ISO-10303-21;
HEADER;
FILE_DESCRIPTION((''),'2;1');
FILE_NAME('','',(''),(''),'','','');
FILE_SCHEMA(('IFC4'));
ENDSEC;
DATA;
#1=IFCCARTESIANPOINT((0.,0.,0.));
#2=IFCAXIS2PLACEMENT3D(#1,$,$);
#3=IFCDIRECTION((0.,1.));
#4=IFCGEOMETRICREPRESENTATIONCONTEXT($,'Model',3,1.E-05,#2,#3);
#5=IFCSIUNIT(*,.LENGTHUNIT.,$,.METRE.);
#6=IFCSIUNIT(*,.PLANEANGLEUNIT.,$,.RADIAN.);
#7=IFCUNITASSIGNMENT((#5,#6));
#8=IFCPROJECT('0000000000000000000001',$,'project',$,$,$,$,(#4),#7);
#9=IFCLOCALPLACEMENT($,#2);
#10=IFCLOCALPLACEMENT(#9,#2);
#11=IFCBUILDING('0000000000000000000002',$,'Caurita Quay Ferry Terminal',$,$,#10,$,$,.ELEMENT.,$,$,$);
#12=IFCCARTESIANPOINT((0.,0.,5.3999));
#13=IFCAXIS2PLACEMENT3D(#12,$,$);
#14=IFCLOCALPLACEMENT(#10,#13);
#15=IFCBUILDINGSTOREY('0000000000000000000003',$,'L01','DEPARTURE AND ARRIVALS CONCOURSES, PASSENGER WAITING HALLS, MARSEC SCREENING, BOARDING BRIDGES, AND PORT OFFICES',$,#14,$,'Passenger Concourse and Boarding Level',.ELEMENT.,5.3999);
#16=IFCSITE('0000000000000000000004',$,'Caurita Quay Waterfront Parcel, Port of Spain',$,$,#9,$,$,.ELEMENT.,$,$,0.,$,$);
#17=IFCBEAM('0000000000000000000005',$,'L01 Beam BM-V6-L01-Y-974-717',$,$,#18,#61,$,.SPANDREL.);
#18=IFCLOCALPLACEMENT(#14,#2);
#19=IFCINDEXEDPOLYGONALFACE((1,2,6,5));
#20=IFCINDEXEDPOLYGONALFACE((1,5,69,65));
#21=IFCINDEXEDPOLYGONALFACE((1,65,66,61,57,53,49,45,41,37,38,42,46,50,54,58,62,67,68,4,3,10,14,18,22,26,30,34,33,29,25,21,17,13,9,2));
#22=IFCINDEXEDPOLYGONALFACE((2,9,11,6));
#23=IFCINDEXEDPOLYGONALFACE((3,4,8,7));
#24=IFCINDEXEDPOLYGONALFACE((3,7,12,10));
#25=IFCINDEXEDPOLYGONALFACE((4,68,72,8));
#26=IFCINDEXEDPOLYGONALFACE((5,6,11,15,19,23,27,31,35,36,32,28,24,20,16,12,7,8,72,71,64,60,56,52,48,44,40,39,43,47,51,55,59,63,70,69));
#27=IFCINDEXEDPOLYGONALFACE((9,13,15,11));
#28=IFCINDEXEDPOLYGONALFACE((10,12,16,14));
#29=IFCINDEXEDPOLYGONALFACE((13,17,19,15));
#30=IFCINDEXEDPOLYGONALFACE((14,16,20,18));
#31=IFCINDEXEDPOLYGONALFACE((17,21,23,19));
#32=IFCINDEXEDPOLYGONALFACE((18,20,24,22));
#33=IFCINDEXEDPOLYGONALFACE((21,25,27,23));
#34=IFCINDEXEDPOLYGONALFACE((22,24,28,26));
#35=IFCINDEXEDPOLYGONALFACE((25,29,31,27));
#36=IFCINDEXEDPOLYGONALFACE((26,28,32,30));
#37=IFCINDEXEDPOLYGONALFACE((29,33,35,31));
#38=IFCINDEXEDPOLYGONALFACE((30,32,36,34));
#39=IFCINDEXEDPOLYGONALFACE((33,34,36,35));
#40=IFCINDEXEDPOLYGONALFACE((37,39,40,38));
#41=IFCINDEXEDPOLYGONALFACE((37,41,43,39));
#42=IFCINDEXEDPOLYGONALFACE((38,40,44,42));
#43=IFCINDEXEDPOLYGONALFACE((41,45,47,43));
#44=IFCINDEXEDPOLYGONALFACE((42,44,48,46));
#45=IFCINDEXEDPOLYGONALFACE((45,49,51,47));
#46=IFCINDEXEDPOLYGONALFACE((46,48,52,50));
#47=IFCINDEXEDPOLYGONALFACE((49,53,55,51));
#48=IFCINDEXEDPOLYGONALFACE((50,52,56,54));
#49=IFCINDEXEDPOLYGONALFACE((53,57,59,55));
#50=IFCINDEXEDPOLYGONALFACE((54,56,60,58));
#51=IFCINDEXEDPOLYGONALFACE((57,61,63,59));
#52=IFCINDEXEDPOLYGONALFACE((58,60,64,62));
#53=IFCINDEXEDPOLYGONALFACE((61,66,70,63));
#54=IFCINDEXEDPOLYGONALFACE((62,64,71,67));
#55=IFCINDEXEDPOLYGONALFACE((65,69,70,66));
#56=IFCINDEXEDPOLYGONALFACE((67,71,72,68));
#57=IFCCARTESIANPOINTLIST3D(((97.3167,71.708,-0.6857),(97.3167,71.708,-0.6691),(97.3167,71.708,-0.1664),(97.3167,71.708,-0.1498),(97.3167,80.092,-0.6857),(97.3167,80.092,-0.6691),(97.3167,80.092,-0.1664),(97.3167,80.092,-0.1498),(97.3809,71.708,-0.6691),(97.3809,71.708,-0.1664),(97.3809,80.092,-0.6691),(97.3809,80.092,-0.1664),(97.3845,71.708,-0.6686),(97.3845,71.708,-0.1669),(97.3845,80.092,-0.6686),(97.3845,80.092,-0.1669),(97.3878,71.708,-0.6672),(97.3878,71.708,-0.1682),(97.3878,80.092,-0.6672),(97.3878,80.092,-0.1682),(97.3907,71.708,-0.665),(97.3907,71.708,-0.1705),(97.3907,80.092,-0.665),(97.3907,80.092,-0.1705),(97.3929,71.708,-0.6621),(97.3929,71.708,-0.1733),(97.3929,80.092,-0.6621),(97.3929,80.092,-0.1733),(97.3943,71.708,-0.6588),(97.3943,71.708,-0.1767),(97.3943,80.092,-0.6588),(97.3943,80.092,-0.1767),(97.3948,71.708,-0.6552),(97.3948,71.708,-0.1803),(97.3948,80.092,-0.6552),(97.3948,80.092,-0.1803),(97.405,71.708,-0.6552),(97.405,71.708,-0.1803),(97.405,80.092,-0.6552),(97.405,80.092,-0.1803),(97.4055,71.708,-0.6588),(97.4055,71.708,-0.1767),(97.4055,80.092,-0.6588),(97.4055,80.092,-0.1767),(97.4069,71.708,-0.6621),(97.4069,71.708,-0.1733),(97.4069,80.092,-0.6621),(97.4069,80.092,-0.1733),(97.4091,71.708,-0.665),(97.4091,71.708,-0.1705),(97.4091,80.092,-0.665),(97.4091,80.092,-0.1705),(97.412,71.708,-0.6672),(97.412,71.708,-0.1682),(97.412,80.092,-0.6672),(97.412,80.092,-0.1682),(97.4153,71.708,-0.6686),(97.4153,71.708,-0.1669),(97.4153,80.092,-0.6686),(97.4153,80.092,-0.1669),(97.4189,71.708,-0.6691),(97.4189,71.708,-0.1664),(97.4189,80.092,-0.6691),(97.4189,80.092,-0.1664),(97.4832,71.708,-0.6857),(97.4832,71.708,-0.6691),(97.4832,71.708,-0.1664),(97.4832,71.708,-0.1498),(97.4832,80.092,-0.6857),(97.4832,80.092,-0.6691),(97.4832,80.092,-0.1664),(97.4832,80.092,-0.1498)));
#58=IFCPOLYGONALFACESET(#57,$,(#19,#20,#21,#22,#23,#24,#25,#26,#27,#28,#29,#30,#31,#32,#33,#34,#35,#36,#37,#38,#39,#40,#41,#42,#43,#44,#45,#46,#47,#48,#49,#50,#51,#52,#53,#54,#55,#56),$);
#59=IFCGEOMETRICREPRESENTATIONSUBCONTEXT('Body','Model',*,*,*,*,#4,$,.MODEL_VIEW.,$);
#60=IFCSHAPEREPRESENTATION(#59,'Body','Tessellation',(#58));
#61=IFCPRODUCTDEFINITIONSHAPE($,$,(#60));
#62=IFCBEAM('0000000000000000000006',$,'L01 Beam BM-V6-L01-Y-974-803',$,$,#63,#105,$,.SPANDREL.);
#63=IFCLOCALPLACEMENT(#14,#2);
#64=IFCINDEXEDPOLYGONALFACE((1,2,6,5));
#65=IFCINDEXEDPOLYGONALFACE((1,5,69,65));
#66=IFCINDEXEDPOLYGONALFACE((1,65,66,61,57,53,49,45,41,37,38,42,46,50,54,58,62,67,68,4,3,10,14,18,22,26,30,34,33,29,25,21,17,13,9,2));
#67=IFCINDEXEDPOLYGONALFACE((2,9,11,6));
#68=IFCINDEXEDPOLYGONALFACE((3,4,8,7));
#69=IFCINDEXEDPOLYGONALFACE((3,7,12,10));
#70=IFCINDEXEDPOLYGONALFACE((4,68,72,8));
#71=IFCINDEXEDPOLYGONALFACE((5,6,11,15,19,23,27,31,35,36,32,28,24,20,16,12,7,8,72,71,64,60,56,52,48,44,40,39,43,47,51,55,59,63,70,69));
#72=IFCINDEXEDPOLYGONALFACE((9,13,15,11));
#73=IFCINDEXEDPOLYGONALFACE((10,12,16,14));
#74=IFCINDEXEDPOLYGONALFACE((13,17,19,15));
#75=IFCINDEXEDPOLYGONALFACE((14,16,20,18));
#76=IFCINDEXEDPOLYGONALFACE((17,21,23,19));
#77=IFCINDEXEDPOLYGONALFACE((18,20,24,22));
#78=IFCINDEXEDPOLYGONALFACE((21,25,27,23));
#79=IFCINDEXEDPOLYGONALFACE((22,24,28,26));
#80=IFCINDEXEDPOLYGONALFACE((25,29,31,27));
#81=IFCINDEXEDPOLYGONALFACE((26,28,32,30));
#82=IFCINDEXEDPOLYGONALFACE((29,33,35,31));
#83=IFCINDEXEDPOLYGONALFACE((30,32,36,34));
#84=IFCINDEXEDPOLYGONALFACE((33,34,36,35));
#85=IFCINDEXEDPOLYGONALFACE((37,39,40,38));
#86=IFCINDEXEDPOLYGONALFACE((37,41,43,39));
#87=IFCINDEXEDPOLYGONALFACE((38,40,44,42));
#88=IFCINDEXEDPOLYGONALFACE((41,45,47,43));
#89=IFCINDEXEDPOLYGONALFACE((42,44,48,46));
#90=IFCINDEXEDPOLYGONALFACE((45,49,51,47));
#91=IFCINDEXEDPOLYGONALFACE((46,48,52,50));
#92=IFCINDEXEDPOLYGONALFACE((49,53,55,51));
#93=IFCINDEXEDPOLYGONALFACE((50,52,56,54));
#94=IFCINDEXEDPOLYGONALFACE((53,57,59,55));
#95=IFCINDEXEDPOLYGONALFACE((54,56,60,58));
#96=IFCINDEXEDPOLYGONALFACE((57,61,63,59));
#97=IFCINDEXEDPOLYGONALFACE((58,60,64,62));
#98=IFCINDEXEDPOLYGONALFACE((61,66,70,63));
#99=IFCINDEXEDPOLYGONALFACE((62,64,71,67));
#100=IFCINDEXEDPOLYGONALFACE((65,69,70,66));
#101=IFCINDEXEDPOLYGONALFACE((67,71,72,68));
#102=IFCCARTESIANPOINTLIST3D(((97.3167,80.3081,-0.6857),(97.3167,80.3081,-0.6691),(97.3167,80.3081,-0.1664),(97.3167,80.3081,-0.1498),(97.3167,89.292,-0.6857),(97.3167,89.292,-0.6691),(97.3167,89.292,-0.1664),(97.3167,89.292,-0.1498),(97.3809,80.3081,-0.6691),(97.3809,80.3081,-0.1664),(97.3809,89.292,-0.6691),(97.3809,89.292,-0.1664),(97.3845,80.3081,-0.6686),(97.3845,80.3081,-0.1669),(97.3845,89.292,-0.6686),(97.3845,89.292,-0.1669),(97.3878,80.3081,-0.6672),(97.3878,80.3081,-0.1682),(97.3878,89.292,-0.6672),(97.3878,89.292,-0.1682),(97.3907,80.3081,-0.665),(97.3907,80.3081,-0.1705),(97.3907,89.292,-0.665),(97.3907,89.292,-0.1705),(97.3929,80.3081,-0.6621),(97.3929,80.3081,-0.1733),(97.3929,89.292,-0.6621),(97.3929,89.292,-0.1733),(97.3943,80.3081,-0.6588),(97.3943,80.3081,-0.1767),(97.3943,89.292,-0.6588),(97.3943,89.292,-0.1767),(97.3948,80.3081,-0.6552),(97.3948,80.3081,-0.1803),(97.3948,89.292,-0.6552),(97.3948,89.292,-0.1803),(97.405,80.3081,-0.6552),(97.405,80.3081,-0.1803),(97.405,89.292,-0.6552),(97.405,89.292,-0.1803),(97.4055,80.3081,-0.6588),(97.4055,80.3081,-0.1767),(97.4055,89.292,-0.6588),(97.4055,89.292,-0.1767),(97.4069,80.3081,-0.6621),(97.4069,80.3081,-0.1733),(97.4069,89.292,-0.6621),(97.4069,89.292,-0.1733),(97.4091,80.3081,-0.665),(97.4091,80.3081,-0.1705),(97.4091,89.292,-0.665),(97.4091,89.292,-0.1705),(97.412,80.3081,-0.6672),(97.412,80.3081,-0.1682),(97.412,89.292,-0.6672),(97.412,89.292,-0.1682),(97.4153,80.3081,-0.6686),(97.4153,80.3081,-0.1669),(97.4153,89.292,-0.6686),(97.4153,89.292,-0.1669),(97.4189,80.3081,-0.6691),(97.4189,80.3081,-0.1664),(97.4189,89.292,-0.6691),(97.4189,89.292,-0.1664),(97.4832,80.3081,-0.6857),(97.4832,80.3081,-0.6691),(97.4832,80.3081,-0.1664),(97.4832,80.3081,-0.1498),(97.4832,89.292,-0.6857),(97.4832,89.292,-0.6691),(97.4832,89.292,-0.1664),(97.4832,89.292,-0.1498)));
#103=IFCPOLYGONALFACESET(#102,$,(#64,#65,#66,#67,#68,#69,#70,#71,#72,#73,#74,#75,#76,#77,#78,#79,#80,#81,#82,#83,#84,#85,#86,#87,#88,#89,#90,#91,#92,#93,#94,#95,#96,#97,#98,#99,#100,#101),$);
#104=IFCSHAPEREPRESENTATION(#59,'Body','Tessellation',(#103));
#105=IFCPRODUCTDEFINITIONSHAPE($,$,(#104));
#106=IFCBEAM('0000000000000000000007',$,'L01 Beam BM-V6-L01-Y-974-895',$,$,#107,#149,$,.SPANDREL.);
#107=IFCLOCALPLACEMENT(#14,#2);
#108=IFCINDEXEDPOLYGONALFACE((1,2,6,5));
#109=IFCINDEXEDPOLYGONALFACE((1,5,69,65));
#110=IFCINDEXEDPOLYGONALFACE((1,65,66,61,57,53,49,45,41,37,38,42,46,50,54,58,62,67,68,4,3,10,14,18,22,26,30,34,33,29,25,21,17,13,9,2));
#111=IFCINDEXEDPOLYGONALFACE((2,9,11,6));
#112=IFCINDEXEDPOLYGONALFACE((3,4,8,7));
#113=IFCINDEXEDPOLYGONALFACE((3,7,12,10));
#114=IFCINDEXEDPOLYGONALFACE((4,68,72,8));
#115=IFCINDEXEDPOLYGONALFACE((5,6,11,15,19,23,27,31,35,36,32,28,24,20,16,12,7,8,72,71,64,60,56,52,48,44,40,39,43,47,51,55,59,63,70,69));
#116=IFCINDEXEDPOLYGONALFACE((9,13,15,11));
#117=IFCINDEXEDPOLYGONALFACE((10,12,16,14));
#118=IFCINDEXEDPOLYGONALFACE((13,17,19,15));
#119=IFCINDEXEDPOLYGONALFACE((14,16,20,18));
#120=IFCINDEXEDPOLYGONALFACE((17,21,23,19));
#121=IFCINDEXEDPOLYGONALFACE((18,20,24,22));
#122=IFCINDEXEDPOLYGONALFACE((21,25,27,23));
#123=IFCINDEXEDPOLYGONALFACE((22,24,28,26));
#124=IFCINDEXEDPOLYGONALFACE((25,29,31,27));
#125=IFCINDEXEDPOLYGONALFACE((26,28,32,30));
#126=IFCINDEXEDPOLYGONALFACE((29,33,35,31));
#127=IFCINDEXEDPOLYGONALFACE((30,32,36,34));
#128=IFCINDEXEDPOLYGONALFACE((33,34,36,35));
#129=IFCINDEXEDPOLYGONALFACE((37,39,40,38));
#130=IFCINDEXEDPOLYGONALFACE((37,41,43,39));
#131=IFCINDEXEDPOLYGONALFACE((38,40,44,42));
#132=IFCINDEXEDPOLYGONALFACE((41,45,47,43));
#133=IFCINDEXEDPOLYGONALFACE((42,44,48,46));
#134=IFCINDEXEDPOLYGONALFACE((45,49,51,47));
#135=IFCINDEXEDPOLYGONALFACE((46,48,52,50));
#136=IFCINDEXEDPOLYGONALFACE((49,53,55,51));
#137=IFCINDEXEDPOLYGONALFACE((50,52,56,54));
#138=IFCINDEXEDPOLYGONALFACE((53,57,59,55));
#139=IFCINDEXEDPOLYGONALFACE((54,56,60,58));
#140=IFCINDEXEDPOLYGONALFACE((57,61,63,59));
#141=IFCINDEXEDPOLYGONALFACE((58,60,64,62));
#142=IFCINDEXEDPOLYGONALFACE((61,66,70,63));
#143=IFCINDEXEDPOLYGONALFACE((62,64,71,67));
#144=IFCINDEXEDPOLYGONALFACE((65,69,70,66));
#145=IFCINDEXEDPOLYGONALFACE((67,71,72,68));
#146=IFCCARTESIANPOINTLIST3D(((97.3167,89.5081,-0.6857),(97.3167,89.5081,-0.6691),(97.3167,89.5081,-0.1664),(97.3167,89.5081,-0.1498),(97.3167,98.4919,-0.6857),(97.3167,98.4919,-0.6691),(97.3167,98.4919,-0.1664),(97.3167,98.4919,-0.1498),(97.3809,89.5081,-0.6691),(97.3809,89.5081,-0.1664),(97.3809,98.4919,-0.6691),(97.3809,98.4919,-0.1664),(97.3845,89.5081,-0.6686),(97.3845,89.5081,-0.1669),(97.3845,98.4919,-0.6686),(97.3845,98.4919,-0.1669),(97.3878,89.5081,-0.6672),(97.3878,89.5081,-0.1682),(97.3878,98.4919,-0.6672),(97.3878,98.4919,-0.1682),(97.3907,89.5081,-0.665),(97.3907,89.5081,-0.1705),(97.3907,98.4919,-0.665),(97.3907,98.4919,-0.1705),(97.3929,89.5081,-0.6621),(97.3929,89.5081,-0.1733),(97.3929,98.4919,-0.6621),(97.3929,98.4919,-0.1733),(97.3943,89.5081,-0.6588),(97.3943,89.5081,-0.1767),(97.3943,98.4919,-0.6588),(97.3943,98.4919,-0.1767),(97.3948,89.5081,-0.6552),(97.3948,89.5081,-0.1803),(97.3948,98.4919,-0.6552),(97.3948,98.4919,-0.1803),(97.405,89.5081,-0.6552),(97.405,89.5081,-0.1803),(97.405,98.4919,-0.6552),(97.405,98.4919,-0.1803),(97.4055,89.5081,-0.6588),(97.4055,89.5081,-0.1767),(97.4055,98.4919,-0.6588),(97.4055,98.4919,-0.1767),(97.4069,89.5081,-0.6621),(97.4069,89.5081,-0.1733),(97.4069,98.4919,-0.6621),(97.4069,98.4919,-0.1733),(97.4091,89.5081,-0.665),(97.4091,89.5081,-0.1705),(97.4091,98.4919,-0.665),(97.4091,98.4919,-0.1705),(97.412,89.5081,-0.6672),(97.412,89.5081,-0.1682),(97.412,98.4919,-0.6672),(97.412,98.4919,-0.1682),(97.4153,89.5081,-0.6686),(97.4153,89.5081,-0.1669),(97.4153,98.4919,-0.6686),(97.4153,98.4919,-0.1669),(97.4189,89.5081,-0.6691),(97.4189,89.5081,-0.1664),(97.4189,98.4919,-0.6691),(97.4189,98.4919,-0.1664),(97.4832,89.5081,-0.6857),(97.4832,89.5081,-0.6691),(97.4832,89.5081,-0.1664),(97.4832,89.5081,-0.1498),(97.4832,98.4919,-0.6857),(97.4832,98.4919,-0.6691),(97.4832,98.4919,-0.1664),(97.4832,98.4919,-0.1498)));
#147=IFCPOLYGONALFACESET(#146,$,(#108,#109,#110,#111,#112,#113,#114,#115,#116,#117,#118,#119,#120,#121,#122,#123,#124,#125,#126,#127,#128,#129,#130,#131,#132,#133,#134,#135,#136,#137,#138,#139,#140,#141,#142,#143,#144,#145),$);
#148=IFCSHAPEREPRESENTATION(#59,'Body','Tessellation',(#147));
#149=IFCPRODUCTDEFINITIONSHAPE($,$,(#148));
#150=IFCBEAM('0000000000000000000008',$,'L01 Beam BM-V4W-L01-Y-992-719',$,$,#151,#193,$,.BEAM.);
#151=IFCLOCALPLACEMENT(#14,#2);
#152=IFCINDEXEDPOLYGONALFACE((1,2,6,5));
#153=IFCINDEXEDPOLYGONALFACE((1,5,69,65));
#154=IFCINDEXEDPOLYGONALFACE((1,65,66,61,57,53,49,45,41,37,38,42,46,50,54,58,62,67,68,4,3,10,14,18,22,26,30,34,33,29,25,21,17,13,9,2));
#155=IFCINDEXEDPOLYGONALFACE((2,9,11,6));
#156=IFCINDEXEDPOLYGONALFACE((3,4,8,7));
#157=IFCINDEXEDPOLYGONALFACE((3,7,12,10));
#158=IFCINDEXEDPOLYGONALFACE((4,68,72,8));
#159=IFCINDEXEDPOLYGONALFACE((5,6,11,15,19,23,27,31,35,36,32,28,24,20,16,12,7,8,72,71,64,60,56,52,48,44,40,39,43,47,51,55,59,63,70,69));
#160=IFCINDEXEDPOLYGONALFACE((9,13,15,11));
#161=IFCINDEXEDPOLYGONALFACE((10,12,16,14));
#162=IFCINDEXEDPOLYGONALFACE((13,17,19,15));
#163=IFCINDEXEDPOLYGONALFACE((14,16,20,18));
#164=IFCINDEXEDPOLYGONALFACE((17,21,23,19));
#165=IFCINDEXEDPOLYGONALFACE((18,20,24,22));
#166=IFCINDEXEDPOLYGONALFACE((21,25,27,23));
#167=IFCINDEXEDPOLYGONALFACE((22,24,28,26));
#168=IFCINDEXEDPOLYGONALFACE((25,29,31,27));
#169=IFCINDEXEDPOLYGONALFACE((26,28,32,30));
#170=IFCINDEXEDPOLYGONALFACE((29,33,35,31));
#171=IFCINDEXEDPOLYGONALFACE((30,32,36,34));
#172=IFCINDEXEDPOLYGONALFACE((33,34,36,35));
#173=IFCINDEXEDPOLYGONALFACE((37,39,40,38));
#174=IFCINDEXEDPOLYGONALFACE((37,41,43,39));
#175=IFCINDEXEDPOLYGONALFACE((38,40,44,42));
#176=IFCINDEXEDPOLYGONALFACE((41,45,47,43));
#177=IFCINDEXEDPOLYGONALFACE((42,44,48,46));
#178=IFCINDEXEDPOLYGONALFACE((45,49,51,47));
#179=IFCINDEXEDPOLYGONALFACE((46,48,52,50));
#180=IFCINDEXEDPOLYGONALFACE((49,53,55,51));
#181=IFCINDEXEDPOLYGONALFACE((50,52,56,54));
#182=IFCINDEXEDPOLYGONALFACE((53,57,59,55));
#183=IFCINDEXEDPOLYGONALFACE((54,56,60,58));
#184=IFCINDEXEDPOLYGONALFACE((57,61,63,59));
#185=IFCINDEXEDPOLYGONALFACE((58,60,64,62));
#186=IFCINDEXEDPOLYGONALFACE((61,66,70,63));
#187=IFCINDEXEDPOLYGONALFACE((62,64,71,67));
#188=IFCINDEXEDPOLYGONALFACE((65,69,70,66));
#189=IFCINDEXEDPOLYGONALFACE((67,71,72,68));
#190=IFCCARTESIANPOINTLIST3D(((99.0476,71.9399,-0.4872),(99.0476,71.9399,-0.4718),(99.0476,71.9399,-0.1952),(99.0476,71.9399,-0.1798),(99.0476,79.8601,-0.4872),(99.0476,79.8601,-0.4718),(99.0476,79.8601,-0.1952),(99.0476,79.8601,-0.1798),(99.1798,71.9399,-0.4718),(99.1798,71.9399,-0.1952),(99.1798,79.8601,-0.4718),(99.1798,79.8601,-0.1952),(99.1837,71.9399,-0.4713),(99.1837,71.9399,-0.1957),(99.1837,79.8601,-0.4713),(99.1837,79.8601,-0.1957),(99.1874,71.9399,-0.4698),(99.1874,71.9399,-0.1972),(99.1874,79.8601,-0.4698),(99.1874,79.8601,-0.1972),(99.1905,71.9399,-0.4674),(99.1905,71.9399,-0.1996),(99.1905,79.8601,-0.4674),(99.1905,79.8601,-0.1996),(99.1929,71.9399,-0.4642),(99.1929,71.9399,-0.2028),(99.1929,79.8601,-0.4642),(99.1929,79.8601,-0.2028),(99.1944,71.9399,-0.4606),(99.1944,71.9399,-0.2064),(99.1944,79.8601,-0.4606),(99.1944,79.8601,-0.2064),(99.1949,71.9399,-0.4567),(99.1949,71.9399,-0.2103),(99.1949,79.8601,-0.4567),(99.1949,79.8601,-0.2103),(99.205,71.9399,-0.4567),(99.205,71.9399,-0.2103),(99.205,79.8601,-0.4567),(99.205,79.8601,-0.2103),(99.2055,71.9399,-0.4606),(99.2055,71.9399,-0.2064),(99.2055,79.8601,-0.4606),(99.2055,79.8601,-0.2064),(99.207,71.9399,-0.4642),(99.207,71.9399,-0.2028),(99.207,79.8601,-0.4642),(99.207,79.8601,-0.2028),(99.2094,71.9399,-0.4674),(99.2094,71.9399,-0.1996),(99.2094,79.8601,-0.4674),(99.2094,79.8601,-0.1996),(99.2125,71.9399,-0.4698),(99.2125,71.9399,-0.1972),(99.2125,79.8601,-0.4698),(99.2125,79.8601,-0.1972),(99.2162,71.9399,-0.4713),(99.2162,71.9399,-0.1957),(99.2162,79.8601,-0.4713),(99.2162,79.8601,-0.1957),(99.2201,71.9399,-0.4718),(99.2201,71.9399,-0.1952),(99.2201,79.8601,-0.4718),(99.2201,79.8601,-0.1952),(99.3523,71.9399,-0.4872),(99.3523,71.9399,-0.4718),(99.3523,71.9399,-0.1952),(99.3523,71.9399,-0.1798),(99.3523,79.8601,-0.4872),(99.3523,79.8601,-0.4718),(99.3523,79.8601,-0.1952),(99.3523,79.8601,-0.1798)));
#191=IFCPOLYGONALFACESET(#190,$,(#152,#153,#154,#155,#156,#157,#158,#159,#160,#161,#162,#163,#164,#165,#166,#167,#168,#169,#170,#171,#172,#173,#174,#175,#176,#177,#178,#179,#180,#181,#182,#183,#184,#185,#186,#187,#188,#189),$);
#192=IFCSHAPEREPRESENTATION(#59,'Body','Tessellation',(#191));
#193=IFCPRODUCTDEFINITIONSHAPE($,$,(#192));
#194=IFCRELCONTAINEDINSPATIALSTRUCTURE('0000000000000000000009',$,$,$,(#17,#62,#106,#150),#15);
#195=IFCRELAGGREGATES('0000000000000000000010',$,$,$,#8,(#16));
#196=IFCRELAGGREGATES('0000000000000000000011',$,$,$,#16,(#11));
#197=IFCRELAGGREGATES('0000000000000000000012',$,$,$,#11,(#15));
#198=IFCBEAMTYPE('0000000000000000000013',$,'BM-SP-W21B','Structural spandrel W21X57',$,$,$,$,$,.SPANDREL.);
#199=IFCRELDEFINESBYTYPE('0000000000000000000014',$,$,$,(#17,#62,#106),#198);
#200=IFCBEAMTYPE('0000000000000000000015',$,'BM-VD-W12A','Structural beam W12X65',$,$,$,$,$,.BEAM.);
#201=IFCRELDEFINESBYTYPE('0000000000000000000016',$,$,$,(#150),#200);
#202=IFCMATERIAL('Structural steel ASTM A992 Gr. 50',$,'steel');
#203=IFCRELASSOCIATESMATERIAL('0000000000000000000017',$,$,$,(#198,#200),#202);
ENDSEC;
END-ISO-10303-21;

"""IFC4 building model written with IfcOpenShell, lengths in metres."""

from ifc_helpers import new_model, si_unit, direction, frame, origin, origin_2d, place, context, subcontext, project, spatial, i_section, extrude, material, material_profile, profile_set, type_object, element, save


model = new_model("IFC4")

# Units and contexts
model_context = context("Model", 3, precision=1e-05, world=origin(), true_north=direction((0.0, 1.0)))
body_context = subcontext(model_context, "Body", "Model", "MODEL_VIEW")
ifc_project = project(units=[si_unit("LENGTHUNIT", "METRE"), si_unit("PLANEANGLEUNIT", "RADIAN")], contexts=[model_context])

# Site, building, storey
site_placement = place(None, origin())
site = spatial("IfcSite", under=ifc_project, at=site_placement, Name="Caurita Quay Waterfront Parcel, Port of Spain", CompositionType="ELEMENT", RefElevation=0.0)
building_placement = place(site_placement, origin())
building = spatial("IfcBuilding", under=site, at=building_placement, Name="Caurita Quay Ferry Terminal", CompositionType="ELEMENT")
storey_placement = place(building_placement, frame((0.0, 0.0, 5.3999)))
storey = spatial("IfcBuildingStorey", under=building, at=storey_placement, Name="L01", Description="DEPARTURE AND ARRIVALS CONCOURSES, PASSENGER WAITING HALLS, MARSEC SCREENING, BOARDING BRIDGES, AND PORT OFFICES", LongName="Passenger Concourse and Boarding Level", CompositionType="ELEMENT", Elevation=5.3999)

# Beams
ifc_material_1 = material(Name="Structural steel ASTM A992 Gr. 50", Category="steel")
ifc_material_profile_1 = material_profile(ifc_material_1, i_section(OverallWidth=0.1665, OverallDepth=0.5359, WebThickness=0.0103, FlangeThickness=0.0166, FilletRadius=0.0139, at=origin_2d()), Name="W21X57")
ifc_profile_set_1 = profile_set([ifc_material_profile_1], Name="Structural steel ASTM A992 Gr. 50")
beam_type_1 = type_object("IfcBeamType", Name="BM-SP-W21B", Description="Structural spandrel W21X57", PredefinedType="SPANDREL", material=ifc_profile_set_1)
beam_1_placement = place(storey_placement, frame((97.3999, 71.708, -0.4177), z_axis=(0.0, 1.0, 0.0), x_axis=(-1.0, 0.0, 0.0)))
element("IfcBeam", 1, at=beam_1_placement, inside=storey, type_object=beam_type_1, Name="L01 Beam BM-V6-L01-Y-974-717", PredefinedType="SPANDREL", context=body_context, shape_type="SweptSolid", body=[
    extrude(i_section(OverallWidth=0.1665, OverallDepth=0.5359, WebThickness=0.0103, FlangeThickness=0.0166, FilletRadius=0.0139, at=origin_2d()), origin(), (0.0, 0.0, 1.0), 8.384),
])
for number, where, z_axis, x_axis, name in (
    (2, (97.3999, 80.3081, -0.4177), (0.0, 1.0, 0.0), (-1.0, 0.0, 0.0), "L01 Beam BM-V6-L01-Y-974-803"),
    (3, (97.3999, 89.5081, -0.4177), (0.0, 1.0, 0.0), (-1.0, 0.0, 0.0), "L01 Beam BM-V6-L01-Y-974-895"),
):
    element("IfcBeam", number, at=place(storey_placement, frame(where, z_axis=z_axis, x_axis=x_axis)), inside=storey, type_object=beam_type_1, Name=name, PredefinedType="SPANDREL", context=body_context, shape_type="SweptSolid", body=[
        extrude(i_section(OverallWidth=0.1665, OverallDepth=0.5359, WebThickness=0.0103, FlangeThickness=0.0166, FilletRadius=0.0139, at=origin_2d()), origin(), (0.0, 0.0, 1.0), 8.9839),
    ])
ifc_material_profile_2 = material_profile(ifc_material_1, i_section(OverallWidth=0.3047, OverallDepth=0.3074, WebThickness=0.01, FlangeThickness=0.0154, FilletRadius=0.0151, at=origin_2d()), Name="W12X65")
ifc_profile_set_2 = profile_set([ifc_material_profile_2], Name="Structural steel ASTM A992 Gr. 50")
beam_type_2 = type_object("IfcBeamType", Name="BM-VD-W12A", Description="Structural beam W12X65", PredefinedType="BEAM", material=ifc_profile_set_2)
beam_2_placement = place(storey_placement, frame((99.2, 71.9399, -0.3335), z_axis=(0.0, 1.0, 0.0), x_axis=(-1.0, 0.0, 0.0)))
element("IfcBeam", 4, at=beam_2_placement, inside=storey, type_object=beam_type_2, Name="L01 Beam BM-V4W-L01-Y-992-719", PredefinedType="BEAM", context=body_context, shape_type="SweptSolid", body=[
    extrude(i_section(OverallWidth=0.3047, OverallDepth=0.3074, WebThickness=0.01, FlangeThickness=0.0154, FilletRadius=0.0151, at=origin_2d()), origin(), (0.0, 0.0, 1.0), 7.9202),
])

save(model, "model.ifc")
